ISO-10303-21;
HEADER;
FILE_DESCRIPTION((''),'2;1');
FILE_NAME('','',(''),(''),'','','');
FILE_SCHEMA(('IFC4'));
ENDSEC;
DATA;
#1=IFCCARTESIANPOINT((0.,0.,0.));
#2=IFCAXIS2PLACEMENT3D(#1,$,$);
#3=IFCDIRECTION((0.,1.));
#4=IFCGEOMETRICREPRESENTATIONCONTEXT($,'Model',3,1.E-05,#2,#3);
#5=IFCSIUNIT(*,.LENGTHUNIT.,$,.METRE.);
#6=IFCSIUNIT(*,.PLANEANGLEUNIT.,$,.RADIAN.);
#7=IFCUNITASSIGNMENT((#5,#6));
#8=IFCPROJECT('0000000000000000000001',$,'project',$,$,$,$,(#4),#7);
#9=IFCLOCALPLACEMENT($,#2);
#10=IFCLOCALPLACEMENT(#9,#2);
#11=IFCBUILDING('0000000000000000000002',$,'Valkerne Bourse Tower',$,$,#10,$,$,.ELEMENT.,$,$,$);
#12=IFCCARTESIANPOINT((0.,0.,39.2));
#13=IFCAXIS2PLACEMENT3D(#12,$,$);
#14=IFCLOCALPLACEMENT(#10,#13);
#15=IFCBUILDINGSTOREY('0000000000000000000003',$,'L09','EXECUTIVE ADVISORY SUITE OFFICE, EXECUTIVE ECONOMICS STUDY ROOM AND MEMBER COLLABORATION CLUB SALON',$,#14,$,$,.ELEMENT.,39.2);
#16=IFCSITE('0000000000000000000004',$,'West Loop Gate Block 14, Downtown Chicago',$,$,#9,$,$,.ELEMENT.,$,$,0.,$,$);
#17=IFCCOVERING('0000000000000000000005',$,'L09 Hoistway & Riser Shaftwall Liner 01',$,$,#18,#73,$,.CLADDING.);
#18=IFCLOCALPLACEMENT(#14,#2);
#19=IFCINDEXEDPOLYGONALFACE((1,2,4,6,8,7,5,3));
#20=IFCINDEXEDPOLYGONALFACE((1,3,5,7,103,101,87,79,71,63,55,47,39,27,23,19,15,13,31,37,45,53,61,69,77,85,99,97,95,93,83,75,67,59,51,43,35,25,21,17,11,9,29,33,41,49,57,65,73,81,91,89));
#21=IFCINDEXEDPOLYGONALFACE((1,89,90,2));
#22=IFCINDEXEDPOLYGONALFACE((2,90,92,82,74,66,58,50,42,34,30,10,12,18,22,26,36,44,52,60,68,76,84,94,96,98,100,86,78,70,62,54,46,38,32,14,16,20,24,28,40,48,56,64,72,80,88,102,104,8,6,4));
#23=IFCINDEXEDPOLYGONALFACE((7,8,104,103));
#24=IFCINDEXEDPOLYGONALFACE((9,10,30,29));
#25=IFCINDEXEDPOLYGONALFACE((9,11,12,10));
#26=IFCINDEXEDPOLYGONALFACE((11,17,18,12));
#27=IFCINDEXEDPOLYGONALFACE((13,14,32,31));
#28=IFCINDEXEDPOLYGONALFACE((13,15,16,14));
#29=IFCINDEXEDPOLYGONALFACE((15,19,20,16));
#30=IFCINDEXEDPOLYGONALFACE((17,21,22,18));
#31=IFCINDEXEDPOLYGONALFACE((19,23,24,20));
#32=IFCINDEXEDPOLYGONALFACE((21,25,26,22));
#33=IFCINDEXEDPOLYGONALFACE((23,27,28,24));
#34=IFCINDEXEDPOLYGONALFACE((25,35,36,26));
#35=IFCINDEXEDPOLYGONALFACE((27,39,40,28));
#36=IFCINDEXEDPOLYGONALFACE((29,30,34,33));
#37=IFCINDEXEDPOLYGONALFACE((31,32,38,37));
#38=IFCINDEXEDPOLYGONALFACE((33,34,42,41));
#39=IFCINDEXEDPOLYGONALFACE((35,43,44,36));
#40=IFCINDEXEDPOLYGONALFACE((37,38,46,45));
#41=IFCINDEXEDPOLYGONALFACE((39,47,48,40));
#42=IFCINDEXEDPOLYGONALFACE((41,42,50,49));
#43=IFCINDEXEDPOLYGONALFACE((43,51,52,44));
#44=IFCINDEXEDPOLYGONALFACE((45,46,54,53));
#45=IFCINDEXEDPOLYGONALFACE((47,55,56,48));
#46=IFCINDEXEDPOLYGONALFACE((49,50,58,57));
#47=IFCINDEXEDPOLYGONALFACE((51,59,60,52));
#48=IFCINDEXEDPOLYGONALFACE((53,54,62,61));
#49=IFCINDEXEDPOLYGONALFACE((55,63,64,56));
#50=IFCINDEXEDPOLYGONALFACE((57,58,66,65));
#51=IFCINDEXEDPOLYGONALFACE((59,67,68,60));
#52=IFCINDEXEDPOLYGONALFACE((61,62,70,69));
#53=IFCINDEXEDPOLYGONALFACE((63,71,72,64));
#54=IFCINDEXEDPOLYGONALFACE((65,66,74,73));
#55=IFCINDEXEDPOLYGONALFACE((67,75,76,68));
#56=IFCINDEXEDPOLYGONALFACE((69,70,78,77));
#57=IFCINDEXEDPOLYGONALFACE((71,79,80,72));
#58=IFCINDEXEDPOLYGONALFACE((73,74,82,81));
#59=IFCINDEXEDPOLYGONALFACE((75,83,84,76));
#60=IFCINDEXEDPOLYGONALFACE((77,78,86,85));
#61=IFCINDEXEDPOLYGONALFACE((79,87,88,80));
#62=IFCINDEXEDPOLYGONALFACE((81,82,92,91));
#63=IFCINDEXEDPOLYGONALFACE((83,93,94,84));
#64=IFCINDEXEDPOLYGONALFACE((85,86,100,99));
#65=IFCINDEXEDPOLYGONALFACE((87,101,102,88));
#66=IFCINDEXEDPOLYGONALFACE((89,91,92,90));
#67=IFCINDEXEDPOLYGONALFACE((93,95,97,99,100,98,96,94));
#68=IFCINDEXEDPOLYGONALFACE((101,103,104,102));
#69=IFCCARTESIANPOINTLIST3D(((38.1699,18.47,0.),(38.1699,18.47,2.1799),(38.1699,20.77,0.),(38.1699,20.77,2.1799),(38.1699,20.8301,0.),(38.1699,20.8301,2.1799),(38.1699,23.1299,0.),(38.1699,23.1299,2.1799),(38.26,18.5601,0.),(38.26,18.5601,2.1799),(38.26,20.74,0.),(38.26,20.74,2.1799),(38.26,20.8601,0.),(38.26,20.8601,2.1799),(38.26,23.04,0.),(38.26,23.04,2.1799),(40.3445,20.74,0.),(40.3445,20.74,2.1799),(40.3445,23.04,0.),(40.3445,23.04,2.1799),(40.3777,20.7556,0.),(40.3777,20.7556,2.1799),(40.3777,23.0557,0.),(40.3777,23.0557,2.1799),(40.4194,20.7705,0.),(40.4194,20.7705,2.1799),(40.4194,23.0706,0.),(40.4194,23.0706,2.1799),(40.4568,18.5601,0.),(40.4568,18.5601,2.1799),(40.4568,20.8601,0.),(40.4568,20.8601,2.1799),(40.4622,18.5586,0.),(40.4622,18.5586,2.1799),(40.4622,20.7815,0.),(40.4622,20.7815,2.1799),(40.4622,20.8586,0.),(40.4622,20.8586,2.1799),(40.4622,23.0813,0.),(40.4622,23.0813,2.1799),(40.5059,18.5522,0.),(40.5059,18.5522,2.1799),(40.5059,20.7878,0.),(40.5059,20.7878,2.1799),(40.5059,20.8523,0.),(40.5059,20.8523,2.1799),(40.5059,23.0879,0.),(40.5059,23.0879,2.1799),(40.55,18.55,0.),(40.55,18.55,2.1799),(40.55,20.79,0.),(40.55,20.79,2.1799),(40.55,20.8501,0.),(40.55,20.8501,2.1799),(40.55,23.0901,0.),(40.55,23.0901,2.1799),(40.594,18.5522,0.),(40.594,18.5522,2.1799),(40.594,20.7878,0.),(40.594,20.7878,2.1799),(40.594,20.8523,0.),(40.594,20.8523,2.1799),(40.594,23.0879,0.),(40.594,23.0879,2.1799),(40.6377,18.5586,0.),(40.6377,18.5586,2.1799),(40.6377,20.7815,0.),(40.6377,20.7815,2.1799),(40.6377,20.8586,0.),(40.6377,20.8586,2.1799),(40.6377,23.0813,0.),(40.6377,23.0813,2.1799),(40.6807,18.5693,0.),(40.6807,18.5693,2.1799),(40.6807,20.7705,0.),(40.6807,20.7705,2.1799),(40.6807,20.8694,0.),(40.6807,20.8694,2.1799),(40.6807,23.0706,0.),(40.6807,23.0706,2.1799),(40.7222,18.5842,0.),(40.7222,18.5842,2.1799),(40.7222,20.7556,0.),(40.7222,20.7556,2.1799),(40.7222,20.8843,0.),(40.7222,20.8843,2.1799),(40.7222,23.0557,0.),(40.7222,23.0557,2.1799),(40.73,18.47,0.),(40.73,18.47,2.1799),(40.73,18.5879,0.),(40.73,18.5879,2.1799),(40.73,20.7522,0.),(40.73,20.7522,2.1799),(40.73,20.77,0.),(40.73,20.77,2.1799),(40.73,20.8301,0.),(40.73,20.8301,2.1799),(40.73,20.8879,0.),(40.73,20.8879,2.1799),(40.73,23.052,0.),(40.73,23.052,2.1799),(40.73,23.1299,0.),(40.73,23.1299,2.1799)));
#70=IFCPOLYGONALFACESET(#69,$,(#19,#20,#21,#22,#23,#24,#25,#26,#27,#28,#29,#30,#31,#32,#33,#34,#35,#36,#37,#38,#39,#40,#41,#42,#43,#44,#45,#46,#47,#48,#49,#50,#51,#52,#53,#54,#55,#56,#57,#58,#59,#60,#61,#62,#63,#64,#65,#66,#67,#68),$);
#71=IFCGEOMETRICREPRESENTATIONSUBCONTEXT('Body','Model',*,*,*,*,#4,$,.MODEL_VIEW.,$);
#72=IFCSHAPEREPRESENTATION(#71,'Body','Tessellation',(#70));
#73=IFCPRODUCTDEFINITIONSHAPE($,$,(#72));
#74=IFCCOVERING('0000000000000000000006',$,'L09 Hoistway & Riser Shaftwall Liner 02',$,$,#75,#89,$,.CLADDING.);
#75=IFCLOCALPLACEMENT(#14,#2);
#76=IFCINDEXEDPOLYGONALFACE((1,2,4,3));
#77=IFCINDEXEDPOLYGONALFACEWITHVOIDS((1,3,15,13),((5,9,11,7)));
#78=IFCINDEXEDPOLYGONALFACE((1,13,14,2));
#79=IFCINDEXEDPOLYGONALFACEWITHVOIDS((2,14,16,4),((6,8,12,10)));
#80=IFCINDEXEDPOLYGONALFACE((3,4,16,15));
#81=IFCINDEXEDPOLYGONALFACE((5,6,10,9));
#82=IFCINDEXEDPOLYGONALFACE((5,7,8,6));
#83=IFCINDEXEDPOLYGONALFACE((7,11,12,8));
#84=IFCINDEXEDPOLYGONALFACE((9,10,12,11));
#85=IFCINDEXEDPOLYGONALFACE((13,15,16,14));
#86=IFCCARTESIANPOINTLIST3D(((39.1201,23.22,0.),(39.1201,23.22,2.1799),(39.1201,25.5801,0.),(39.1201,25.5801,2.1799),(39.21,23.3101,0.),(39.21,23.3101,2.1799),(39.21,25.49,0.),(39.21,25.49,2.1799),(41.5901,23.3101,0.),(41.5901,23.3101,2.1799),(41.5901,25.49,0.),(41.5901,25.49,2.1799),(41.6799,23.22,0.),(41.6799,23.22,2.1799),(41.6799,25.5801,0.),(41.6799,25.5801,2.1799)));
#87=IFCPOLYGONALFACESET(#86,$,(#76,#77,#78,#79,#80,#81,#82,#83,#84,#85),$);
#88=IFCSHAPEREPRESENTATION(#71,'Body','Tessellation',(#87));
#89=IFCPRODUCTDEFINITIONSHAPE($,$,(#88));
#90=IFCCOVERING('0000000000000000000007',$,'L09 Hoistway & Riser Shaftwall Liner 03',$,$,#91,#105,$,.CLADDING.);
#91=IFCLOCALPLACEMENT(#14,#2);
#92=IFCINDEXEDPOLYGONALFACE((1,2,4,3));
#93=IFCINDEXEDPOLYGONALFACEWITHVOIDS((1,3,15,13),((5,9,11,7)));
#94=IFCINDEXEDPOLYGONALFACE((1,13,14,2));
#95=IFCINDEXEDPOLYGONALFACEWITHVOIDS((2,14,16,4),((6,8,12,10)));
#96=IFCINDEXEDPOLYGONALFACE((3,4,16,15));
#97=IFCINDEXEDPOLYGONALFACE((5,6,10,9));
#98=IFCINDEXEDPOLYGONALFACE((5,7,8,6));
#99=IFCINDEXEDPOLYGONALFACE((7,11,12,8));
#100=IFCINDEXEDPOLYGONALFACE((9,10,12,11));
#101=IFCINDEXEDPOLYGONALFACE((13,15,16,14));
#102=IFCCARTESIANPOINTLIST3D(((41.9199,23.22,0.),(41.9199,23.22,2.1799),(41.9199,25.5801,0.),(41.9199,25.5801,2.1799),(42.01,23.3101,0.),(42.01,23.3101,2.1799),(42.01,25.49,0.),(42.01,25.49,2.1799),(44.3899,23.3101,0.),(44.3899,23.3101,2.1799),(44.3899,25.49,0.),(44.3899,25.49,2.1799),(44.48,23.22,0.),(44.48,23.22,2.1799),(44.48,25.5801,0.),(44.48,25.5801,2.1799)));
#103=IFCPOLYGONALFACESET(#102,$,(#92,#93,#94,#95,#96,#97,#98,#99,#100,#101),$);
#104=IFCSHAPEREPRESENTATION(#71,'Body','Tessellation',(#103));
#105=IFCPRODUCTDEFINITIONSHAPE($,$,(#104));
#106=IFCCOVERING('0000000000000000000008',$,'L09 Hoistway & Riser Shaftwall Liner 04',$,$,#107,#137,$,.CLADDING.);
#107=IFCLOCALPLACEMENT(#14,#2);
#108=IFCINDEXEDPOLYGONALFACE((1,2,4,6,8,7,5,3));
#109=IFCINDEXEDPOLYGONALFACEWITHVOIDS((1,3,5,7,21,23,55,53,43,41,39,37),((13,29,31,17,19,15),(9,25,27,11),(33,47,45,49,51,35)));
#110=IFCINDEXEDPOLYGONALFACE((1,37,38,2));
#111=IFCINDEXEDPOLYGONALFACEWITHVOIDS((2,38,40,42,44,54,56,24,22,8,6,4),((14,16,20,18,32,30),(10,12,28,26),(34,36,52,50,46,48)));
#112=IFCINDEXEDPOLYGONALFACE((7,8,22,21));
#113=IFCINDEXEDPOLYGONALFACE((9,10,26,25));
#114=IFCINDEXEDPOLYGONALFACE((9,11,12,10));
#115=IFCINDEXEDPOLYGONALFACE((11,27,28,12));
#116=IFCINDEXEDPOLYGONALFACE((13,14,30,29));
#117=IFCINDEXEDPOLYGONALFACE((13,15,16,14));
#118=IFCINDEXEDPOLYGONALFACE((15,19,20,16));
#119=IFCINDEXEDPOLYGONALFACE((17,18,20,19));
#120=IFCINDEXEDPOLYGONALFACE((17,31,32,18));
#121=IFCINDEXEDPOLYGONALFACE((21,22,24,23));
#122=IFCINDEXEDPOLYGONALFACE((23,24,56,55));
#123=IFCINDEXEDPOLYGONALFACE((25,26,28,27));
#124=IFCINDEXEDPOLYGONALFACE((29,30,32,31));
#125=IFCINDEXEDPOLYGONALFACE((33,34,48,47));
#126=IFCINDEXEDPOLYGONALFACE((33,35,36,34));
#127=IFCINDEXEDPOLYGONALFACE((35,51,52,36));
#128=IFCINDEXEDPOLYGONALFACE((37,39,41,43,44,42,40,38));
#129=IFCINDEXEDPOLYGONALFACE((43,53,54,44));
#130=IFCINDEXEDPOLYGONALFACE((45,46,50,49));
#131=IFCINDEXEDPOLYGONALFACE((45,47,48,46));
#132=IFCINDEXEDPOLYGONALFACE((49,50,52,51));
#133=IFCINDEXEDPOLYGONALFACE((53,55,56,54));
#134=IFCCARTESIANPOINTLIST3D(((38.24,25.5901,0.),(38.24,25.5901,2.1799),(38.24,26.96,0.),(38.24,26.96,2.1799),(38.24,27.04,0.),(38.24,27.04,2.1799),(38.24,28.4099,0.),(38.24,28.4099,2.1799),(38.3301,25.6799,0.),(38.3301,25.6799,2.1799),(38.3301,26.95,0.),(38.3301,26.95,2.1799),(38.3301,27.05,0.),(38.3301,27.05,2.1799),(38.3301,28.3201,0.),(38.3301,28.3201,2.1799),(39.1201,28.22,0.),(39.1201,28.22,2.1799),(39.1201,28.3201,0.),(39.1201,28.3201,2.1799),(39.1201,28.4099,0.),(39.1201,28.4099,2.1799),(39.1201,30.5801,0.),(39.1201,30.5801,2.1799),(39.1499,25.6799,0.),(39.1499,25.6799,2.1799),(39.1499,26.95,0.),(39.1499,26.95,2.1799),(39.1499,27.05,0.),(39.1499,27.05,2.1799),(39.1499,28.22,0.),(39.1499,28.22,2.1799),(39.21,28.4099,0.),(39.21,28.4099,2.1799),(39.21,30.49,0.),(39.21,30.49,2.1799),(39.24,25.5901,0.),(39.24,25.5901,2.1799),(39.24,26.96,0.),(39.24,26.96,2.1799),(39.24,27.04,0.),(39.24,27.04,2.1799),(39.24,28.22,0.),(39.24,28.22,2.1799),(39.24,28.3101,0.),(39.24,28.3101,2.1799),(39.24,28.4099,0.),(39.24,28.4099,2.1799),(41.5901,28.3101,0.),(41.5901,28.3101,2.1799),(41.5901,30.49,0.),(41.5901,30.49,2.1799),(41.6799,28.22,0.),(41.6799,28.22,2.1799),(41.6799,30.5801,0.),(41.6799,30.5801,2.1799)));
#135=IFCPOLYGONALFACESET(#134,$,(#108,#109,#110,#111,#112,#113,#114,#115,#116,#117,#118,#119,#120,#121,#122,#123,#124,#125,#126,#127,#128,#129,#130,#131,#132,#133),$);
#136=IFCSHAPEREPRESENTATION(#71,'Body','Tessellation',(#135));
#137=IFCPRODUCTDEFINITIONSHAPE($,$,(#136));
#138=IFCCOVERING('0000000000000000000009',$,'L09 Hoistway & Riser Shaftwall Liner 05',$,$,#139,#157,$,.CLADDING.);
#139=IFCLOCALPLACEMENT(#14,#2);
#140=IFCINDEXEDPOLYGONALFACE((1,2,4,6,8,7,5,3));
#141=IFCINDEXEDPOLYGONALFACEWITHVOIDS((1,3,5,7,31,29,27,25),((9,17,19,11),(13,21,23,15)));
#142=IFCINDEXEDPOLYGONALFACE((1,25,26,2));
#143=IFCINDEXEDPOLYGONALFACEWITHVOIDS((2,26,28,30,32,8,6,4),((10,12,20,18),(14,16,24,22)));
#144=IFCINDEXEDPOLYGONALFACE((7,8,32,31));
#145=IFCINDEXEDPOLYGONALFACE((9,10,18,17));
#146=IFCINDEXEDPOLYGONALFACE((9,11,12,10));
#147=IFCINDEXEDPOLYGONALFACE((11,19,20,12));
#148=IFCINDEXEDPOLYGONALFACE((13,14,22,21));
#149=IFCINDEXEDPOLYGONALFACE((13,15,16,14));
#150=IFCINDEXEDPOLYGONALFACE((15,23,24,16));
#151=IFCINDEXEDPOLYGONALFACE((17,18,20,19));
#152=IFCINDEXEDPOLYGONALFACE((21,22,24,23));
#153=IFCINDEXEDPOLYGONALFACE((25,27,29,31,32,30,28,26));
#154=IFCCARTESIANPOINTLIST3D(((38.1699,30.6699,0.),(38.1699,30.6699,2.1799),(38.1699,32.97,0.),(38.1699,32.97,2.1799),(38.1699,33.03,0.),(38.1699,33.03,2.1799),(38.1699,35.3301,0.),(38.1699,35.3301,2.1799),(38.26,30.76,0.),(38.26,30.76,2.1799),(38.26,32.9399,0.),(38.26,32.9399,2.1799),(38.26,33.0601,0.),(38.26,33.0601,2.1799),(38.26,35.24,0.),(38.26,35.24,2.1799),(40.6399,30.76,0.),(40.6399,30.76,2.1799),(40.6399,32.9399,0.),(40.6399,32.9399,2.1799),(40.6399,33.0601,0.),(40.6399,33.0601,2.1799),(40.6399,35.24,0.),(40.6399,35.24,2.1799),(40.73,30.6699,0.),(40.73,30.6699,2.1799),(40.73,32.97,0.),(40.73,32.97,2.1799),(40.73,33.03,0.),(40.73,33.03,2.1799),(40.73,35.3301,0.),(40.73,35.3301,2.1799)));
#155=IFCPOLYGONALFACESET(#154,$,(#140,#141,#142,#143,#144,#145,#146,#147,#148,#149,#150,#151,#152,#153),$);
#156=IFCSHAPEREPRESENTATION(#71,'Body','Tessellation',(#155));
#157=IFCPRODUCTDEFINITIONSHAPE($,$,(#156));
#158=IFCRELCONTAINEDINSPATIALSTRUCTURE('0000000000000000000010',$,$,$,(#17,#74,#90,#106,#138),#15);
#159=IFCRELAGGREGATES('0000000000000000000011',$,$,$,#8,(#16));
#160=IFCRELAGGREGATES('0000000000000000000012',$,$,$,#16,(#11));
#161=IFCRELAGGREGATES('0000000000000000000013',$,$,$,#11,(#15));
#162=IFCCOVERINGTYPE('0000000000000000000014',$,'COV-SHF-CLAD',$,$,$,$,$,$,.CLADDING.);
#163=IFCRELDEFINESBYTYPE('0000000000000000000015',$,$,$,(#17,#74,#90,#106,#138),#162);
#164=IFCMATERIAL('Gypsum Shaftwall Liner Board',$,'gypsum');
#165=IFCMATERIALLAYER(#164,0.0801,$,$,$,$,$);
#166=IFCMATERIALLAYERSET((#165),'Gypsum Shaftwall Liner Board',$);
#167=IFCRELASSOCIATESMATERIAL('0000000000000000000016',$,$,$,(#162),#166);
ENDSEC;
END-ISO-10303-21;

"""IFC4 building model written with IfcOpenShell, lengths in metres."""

from ifc_helpers import new_model, si_unit, direction, frame, origin, place, context, subcontext, project, spatial, polyline, outline, extrude, material, layer, layer_set, type_object, element, save


model = new_model("IFC4")

# Units and contexts
model_context = context("Model", 3, precision=1e-05, world=origin(), true_north=direction((0.0, 1.0)))
body_context = subcontext(model_context, "Body", "Model", "MODEL_VIEW")
ifc_project = project(units=[si_unit("LENGTHUNIT", "METRE"), si_unit("PLANEANGLEUNIT", "RADIAN")], contexts=[model_context])

# Site, building, storey
site_placement = place(None, origin())
site = spatial("IfcSite", under=ifc_project, at=site_placement, Name="West Loop Gate Block 14, Downtown Chicago", CompositionType="ELEMENT", RefElevation=0.0)
building_placement = place(site_placement, origin())
building = spatial("IfcBuilding", under=site, at=building_placement, Name="Valkerne Bourse Tower", CompositionType="ELEMENT")
storey_placement = place(building_placement, frame((0.0, 0.0, 39.2)))
storey = spatial("IfcBuildingStorey", under=building, at=storey_placement, Name="L09", Description="EXECUTIVE ADVISORY SUITE OFFICE, EXECUTIVE ECONOMICS STUDY ROOM AND MEMBER COLLABORATION CLUB SALON", CompositionType="ELEMENT", Elevation=39.2)

# Coverings
ifc_material_1 = material(Name="Gypsum Shaftwall Liner Board", Category="gypsum")
ifc_layer_1 = layer(ifc_material_1, 0.0801)
ifc_layer_set_1 = layer_set([ifc_layer_1], Name="Gypsum Shaftwall Liner Board")
covering_type_1 = type_object("IfcCoveringType", Name="COV-SHF-CLAD", PredefinedType="CLADDING", material=ifc_layer_set_1)
covering_1_placement = place(storey_placement, origin())
element("IfcCovering", 1, at=covering_1_placement, inside=storey, type_object=covering_type_1, Name="L09 Hoistway & Riser Shaftwall Liner 01", PredefinedType="CLADDING", context=body_context, shape_type="SweptSolid", body=[
    extrude(outline(polyline([(38.1699, 23.1299), (40.73, 23.1299), (40.73, 23.052), (40.7222, 23.0557), (40.6807, 23.0706), (40.6377, 23.0813), (40.594, 23.0879), (40.55, 23.0901), (40.5059, 23.0879), (40.4622, 23.0813), (40.4194, 23.0706), (40.3777, 23.0557), (40.3445, 23.04), (38.26, 23.04), (38.26, 20.8601), (40.4568, 20.8601), (40.4622, 20.8586), (40.5059, 20.8523), (40.55, 20.8501), (40.594, 20.8523), (40.6377, 20.8586), (40.6807, 20.8694), (40.7222, 20.8843), (40.73, 20.8879), (40.73, 20.8301), (40.73, 20.77), (40.73, 20.7522), (40.7222, 20.7556), (40.6807, 20.7705), (40.6377, 20.7815), (40.594, 20.7878), (40.55, 20.79), (40.5059, 20.7878), (40.4622, 20.7815), (40.4194, 20.7705), (40.3777, 20.7556), (40.3445, 20.74), (38.26, 20.74), (38.26, 18.5601), (40.4568, 18.5601), (40.4622, 18.5586), (40.5059, 18.5522), (40.55, 18.55), (40.594, 18.5522), (40.6377, 18.5586), (40.6807, 18.5693), (40.7222, 18.5842), (40.73, 18.5879), (40.73, 18.47), (38.1699, 18.47), (38.1699, 20.77), (38.1699, 20.8301), (38.1699, 23.1299)])), origin(), (0.0, 0.0, 1.0), 2.1799),
])
covering_2_placement = place(storey_placement, origin())
element("IfcCovering", 2, at=covering_2_placement, inside=storey, type_object=covering_type_1, Name="L09 Hoistway & Riser Shaftwall Liner 02", PredefinedType="CLADDING", context=body_context, shape_type="SweptSolid", body=[
    extrude(outline(polyline([(41.6799, 23.22), (39.1201, 23.22), (39.1201, 25.5801), (41.6799, 25.5801), (41.6799, 23.22)]), holes=[polyline([(39.21, 25.49), (39.21, 23.3101), (41.5901, 23.3101), (41.5901, 25.49), (39.21, 25.49)])]), origin(), (0.0, 0.0, 1.0), 2.1799),
])
covering_3_placement = place(storey_placement, origin())
element("IfcCovering", 3, at=covering_3_placement, inside=storey, type_object=covering_type_1, Name="L09 Hoistway & Riser Shaftwall Liner 03", PredefinedType="CLADDING", context=body_context, shape_type="SweptSolid", body=[
    extrude(outline(polyline([(44.48, 23.22), (41.9199, 23.22), (41.9199, 25.5801), (44.48, 25.5801), (44.48, 23.22)]), holes=[polyline([(42.01, 25.49), (42.01, 23.3101), (44.3899, 23.3101), (44.3899, 25.49), (42.01, 25.49)])]), origin(), (0.0, 0.0, 1.0), 2.1799),
])
covering_4_placement = place(storey_placement, origin())
element("IfcCovering", 4, at=covering_4_placement, inside=storey, type_object=covering_type_1, Name="L09 Hoistway & Riser Shaftwall Liner 04", PredefinedType="CLADDING", context=body_context, shape_type="SweptSolid", body=[
    extrude(outline(polyline([(38.24, 28.4099), (39.1201, 28.4099), (39.1201, 30.5801), (41.6799, 30.5801), (41.6799, 28.22), (39.24, 28.22), (39.24, 27.04), (39.24, 26.96), (39.24, 25.5901), (38.24, 25.5901), (38.24, 26.96), (38.24, 27.04), (38.24, 28.4099)]), holes=[polyline([(39.21, 30.49), (39.21, 28.4099), (39.24, 28.4099), (39.24, 28.3101), (41.5901, 28.3101), (41.5901, 30.49), (39.21, 30.49)]), polyline([(38.3301, 26.95), (38.3301, 25.6799), (39.1499, 25.6799), (39.1499, 26.95), (38.3301, 26.95)]), polyline([(39.1201, 28.22), (39.1201, 28.3201), (38.3301, 28.3201), (38.3301, 27.05), (39.1499, 27.05), (39.1499, 28.22), (39.1201, 28.22)])]), origin(), (0.0, 0.0, 1.0), 2.1799),
])
covering_5_placement = place(storey_placement, origin())
element("IfcCovering", 5, at=covering_5_placement, inside=storey, type_object=covering_type_1, Name="L09 Hoistway & Riser Shaftwall Liner 05", PredefinedType="CLADDING", context=body_context, shape_type="SweptSolid", body=[
    extrude(outline(polyline([(38.1699, 35.3301), (40.73, 35.3301), (40.73, 33.03), (40.73, 32.97), (40.73, 30.6699), (38.1699, 30.6699), (38.1699, 32.97), (38.1699, 33.03), (38.1699, 35.3301)]), holes=[polyline([(38.26, 32.9399), (38.26, 30.76), (40.6399, 30.76), (40.6399, 32.9399), (38.26, 32.9399)]), polyline([(38.26, 35.24), (38.26, 33.0601), (40.6399, 33.0601), (40.6399, 35.24), (38.26, 35.24)])]), origin(), (0.0, 0.0, 1.0), 2.1799),
])

save(model, "model.ifc")
